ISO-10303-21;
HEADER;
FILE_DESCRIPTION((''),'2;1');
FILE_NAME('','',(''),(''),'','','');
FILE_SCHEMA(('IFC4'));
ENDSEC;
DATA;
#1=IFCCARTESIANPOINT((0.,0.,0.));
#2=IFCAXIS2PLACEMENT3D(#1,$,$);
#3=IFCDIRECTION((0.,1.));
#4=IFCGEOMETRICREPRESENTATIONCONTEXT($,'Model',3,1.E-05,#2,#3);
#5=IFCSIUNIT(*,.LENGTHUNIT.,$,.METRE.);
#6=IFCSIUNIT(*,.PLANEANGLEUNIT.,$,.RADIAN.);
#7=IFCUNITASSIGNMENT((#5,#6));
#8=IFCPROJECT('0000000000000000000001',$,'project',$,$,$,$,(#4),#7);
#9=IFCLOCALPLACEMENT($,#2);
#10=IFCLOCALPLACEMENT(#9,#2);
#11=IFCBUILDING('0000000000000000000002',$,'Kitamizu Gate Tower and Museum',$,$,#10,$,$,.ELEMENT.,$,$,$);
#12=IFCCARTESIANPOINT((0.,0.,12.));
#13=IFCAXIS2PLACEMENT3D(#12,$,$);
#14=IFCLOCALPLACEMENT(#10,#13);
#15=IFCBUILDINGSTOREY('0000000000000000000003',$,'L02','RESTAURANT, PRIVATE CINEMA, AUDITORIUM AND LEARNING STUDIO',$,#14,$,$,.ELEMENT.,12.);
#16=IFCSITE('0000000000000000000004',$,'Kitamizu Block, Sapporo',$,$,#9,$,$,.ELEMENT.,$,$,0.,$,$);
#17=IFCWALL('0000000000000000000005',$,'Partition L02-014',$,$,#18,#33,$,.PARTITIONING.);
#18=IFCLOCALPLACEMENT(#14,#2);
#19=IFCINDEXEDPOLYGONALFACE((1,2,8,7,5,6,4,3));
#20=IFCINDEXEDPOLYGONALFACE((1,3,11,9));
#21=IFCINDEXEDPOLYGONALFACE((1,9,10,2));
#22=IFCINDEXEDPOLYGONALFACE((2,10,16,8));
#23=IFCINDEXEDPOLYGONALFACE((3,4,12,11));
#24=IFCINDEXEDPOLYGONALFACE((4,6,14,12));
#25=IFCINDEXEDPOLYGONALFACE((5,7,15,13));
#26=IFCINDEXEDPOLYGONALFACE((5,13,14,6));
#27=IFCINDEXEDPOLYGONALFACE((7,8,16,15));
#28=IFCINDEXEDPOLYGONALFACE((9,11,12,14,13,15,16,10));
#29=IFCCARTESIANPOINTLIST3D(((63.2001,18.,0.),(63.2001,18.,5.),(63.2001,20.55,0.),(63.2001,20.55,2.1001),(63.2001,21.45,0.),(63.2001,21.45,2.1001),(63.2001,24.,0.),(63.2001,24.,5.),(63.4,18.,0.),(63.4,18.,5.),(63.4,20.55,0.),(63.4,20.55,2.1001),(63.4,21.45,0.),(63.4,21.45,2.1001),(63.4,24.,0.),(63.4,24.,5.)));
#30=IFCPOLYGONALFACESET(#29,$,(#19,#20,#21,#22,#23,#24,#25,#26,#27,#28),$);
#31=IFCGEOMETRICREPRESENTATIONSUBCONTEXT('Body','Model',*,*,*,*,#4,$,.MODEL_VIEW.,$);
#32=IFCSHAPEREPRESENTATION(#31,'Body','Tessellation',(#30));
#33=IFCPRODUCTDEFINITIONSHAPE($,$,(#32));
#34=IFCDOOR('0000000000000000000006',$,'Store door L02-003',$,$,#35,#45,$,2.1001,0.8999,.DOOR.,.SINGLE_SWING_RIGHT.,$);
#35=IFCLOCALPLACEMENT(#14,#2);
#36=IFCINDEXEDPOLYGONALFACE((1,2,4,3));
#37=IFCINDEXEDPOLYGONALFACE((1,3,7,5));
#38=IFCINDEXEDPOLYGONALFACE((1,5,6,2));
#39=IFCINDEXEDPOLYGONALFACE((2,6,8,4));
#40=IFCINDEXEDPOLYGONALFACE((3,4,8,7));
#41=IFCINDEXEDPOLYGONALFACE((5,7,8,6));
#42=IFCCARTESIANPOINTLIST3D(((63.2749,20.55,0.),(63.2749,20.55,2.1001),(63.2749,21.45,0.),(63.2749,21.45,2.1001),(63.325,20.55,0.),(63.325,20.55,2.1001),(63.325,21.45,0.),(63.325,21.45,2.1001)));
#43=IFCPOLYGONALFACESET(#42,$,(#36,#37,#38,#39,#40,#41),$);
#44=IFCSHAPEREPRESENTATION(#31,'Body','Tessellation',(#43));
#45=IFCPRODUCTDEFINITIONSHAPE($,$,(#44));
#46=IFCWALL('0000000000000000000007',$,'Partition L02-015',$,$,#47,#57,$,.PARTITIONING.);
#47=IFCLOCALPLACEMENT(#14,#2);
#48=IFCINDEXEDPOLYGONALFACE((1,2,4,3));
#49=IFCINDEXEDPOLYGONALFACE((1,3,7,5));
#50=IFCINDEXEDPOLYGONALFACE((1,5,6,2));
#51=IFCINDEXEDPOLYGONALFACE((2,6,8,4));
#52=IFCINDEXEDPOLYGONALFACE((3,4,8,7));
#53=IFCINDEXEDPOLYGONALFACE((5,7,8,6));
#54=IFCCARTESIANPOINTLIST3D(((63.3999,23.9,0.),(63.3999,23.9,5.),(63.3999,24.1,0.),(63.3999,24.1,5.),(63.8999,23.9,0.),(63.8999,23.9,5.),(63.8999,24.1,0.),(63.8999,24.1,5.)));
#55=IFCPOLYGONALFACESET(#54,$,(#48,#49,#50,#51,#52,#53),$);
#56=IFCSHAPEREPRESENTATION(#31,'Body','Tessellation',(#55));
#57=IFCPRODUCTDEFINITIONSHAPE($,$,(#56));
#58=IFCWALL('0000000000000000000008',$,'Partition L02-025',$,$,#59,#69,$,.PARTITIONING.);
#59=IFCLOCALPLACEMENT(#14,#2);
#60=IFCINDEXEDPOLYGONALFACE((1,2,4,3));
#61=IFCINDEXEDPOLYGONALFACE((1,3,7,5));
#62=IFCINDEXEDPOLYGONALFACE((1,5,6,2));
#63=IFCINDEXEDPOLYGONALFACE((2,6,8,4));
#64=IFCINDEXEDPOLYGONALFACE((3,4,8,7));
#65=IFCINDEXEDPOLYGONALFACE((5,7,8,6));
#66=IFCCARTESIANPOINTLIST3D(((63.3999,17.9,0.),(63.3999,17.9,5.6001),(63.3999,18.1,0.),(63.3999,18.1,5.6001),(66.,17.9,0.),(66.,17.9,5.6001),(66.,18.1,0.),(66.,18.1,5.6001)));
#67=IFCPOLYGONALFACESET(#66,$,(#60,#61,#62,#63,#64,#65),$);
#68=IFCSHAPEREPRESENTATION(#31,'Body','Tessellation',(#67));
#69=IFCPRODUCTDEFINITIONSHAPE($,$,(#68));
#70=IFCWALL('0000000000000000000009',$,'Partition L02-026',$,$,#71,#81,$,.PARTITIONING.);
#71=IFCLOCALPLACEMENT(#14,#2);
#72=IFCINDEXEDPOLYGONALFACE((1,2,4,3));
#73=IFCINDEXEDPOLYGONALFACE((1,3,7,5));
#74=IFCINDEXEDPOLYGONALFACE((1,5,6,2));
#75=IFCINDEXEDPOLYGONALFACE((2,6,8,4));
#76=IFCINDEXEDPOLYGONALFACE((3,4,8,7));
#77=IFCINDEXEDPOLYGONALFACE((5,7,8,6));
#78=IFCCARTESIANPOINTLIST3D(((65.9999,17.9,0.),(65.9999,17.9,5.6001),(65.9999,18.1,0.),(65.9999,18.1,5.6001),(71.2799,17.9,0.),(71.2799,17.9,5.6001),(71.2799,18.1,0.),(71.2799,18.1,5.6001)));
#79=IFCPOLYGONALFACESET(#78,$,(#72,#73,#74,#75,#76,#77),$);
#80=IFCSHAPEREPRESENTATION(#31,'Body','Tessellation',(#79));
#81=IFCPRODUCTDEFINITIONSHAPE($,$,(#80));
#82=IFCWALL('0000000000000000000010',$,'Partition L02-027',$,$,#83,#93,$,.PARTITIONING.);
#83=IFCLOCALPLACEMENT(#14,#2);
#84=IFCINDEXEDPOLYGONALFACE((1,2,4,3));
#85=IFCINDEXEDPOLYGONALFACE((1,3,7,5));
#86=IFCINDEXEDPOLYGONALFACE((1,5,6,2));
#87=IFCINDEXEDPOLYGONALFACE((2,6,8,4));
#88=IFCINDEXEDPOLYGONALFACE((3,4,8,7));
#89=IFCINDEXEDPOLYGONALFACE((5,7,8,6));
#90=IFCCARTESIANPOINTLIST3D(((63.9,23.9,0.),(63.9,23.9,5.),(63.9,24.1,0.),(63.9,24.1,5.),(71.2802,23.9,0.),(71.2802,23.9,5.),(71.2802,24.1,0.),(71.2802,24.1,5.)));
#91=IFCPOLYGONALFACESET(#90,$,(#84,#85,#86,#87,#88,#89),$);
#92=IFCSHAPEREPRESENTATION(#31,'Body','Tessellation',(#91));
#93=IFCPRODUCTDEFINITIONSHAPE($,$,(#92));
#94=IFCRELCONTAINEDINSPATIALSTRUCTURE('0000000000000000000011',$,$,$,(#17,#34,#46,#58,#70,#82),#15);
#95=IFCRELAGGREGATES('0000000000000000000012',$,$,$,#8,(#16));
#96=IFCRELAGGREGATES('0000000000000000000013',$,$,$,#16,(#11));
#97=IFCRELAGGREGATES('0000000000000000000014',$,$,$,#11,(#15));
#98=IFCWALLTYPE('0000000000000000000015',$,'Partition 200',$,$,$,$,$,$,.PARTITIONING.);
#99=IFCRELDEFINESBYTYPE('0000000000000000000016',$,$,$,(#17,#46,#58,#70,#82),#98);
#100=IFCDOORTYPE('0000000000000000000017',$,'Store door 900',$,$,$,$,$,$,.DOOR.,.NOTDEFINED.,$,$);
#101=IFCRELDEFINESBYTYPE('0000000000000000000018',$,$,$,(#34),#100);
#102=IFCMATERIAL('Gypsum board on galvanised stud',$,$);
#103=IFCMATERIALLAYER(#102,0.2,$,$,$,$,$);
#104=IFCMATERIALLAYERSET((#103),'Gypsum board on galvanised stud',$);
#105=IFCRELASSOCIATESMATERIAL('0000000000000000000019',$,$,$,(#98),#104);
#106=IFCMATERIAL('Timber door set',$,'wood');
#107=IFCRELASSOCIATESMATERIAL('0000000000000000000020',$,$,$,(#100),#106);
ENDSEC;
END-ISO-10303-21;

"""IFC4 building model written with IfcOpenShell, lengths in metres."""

from ifc_helpers import new_model, si_unit, direction, frame, frame_2d, origin, place, context, subcontext, project, spatial, rectangle, extrude, material, layer, layer_set, type_object, element, fill, save


model = new_model("IFC4")

# Units and contexts
model_context = context("Model", 3, precision=1e-05, world=origin(), true_north=direction((0.0, 1.0)))
body_context = subcontext(model_context, "Body", "Model", "MODEL_VIEW")
ifc_project = project(units=[si_unit("LENGTHUNIT", "METRE"), si_unit("PLANEANGLEUNIT", "RADIAN")], contexts=[model_context])

# Site, building, storey
site_placement = place(None, origin())
site = spatial("IfcSite", under=ifc_project, at=site_placement, Name="Kitamizu Block, Sapporo", CompositionType="ELEMENT", RefElevation=0.0)
building_placement = place(site_placement, origin())
building = spatial("IfcBuilding", under=site, at=building_placement, Name="Kitamizu Gate Tower and Museum", CompositionType="ELEMENT")
storey_placement = place(building_placement, frame((0.0, 0.0, 12.0)))
storey = spatial("IfcBuildingStorey", under=building, at=storey_placement, Name="L02", Description="RESTAURANT, PRIVATE CINEMA, AUDITORIUM AND LEARNING STUDIO", CompositionType="ELEMENT", Elevation=12.0)

# Wall, opening, door
ifc_material_1 = material(Name="Gypsum board on galvanised stud")
ifc_layer_1 = layer(ifc_material_1, 0.2)
ifc_layer_set_1 = layer_set([ifc_layer_1], Name="Gypsum board on galvanised stud")
wall_type_1 = type_object("IfcWallType", Name="Partition 200", PredefinedType="PARTITIONING", material=ifc_layer_set_1)
wall_1_placement = place(storey_placement, frame((63.3, 18.0, 0.0), z_axis=(0.0, 0.0, 1.0), x_axis=(0.0, 1.0, 0.0)))
wall_1 = element("IfcWall", 1, at=wall_1_placement, inside=storey, type_object=wall_type_1, Name="Partition L02-014", PredefinedType="PARTITIONING", context=body_context, shape_type="SweptSolid", body=[
    extrude(rectangle(XDim=6.0, YDim=0.2, at=frame_2d((3.0, 0.0))), origin(), (0.0, 0.0, 1.0), 5.0),
])
opening_1_placement = place(wall_1_placement, frame((2.55, 0.0, 0.0)))
opening_1 = element("IfcOpeningElement", 2, at=opening_1_placement, cuts=wall_1, PredefinedType="OPENING", context=body_context, shape_type="SweptSolid", body=[
    extrude(rectangle(XDim=0.8999, YDim=2.1001, at=frame_2d((0.45, 1.05))), frame((0.0, 0.1099, 0.0), z_axis=(0.0, -1.0, 0.0), x_axis=(1.0, 0.0, 0.0)), (0.0, 0.0, 1.0), 0.22),
])
ifc_material_2 = material(Name="Timber door set", Category="wood")
door_type_1 = type_object("IfcDoorType", Name="Store door 900", OperationType="NOTDEFINED", PredefinedType="DOOR", material=ifc_material_2)
door_1_placement = place(opening_1_placement, frame((0.8999, 0.0, 0.0), x_axis=(-1.0, 0.0, 0.0)))
door_1 = element("IfcDoor", 3, at=door_1_placement, inside=storey, type_object=door_type_1, Name="Store door L02-003", OperationType="SINGLE_SWING_RIGHT", OverallHeight=2.1001, OverallWidth=0.8999, PredefinedType="DOOR", context=body_context, shape_type="SweptSolid", body=[
    extrude(rectangle(XDim=0.8999, YDim=2.1001, at=frame_2d((0.45, 1.05))), frame((0.0, 0.0249, 0.0), z_axis=(0.0, -1.0, 0.0), x_axis=(1.0, 0.0, 0.0)), (0.0, 0.0, 1.0), 0.05),
])
fill(opening_1, door_1)

# Walls
wall_2_placement = place(storey_placement, frame((63.3999, 24.0, 0.0), z_axis=(0.0, 0.0, 1.0), x_axis=(1.0, 0.0, 0.0)))
element("IfcWall", 4, at=wall_2_placement, inside=storey, type_object=wall_type_1, Name="Partition L02-015", PredefinedType="PARTITIONING", context=body_context, shape_type="SweptSolid", body=[
    extrude(rectangle(XDim=0.5, YDim=0.2, at=frame_2d((0.25, 0.0))), origin(), (0.0, 0.0, 1.0), 5.0),
])
wall_3_placement = place(storey_placement, frame((66.0, 18.0, 0.0), z_axis=(0.0, 0.0, 1.0), x_axis=(-1.0, 0.0, 0.0)))
element("IfcWall", 5, at=wall_3_placement, inside=storey, type_object=wall_type_1, Name="Partition L02-025", PredefinedType="PARTITIONING", context=body_context, shape_type="SweptSolid", body=[
    extrude(rectangle(XDim=2.6001, YDim=0.2, at=frame_2d((1.3, 0.0))), origin(), (0.0, 0.0, 1.0), 5.6001),
])
wall_4_placement = place(storey_placement, frame((71.28, 18.0, 0.0), z_axis=(0.0, 0.0, 1.0), x_axis=(-1.0, 0.0, 0.0)))
element("IfcWall", 6, at=wall_4_placement, inside=storey, type_object=wall_type_1, Name="Partition L02-026", PredefinedType="PARTITIONING", context=body_context, shape_type="SweptSolid", body=[
    extrude(rectangle(XDim=5.28, YDim=0.2, at=frame_2d((2.6401, 0.0))), origin(), (0.0, 0.0, 1.0), 5.6001),
])
wall_5_placement = place(storey_placement, frame((71.28, 24.0, 0.0), z_axis=(0.0, 0.0, 1.0), x_axis=(-1.0, 0.0, 0.0)))
element("IfcWall", 7, at=wall_5_placement, inside=storey, type_object=wall_type_1, Name="Partition L02-027", PredefinedType="PARTITIONING", context=body_context, shape_type="SweptSolid", body=[
    extrude(rectangle(XDim=7.3801, YDim=0.2, at=frame_2d((3.6899, 0.0))), origin(), (0.0, 0.0, 1.0), 5.0),
])

save(model, "model.ifc")
